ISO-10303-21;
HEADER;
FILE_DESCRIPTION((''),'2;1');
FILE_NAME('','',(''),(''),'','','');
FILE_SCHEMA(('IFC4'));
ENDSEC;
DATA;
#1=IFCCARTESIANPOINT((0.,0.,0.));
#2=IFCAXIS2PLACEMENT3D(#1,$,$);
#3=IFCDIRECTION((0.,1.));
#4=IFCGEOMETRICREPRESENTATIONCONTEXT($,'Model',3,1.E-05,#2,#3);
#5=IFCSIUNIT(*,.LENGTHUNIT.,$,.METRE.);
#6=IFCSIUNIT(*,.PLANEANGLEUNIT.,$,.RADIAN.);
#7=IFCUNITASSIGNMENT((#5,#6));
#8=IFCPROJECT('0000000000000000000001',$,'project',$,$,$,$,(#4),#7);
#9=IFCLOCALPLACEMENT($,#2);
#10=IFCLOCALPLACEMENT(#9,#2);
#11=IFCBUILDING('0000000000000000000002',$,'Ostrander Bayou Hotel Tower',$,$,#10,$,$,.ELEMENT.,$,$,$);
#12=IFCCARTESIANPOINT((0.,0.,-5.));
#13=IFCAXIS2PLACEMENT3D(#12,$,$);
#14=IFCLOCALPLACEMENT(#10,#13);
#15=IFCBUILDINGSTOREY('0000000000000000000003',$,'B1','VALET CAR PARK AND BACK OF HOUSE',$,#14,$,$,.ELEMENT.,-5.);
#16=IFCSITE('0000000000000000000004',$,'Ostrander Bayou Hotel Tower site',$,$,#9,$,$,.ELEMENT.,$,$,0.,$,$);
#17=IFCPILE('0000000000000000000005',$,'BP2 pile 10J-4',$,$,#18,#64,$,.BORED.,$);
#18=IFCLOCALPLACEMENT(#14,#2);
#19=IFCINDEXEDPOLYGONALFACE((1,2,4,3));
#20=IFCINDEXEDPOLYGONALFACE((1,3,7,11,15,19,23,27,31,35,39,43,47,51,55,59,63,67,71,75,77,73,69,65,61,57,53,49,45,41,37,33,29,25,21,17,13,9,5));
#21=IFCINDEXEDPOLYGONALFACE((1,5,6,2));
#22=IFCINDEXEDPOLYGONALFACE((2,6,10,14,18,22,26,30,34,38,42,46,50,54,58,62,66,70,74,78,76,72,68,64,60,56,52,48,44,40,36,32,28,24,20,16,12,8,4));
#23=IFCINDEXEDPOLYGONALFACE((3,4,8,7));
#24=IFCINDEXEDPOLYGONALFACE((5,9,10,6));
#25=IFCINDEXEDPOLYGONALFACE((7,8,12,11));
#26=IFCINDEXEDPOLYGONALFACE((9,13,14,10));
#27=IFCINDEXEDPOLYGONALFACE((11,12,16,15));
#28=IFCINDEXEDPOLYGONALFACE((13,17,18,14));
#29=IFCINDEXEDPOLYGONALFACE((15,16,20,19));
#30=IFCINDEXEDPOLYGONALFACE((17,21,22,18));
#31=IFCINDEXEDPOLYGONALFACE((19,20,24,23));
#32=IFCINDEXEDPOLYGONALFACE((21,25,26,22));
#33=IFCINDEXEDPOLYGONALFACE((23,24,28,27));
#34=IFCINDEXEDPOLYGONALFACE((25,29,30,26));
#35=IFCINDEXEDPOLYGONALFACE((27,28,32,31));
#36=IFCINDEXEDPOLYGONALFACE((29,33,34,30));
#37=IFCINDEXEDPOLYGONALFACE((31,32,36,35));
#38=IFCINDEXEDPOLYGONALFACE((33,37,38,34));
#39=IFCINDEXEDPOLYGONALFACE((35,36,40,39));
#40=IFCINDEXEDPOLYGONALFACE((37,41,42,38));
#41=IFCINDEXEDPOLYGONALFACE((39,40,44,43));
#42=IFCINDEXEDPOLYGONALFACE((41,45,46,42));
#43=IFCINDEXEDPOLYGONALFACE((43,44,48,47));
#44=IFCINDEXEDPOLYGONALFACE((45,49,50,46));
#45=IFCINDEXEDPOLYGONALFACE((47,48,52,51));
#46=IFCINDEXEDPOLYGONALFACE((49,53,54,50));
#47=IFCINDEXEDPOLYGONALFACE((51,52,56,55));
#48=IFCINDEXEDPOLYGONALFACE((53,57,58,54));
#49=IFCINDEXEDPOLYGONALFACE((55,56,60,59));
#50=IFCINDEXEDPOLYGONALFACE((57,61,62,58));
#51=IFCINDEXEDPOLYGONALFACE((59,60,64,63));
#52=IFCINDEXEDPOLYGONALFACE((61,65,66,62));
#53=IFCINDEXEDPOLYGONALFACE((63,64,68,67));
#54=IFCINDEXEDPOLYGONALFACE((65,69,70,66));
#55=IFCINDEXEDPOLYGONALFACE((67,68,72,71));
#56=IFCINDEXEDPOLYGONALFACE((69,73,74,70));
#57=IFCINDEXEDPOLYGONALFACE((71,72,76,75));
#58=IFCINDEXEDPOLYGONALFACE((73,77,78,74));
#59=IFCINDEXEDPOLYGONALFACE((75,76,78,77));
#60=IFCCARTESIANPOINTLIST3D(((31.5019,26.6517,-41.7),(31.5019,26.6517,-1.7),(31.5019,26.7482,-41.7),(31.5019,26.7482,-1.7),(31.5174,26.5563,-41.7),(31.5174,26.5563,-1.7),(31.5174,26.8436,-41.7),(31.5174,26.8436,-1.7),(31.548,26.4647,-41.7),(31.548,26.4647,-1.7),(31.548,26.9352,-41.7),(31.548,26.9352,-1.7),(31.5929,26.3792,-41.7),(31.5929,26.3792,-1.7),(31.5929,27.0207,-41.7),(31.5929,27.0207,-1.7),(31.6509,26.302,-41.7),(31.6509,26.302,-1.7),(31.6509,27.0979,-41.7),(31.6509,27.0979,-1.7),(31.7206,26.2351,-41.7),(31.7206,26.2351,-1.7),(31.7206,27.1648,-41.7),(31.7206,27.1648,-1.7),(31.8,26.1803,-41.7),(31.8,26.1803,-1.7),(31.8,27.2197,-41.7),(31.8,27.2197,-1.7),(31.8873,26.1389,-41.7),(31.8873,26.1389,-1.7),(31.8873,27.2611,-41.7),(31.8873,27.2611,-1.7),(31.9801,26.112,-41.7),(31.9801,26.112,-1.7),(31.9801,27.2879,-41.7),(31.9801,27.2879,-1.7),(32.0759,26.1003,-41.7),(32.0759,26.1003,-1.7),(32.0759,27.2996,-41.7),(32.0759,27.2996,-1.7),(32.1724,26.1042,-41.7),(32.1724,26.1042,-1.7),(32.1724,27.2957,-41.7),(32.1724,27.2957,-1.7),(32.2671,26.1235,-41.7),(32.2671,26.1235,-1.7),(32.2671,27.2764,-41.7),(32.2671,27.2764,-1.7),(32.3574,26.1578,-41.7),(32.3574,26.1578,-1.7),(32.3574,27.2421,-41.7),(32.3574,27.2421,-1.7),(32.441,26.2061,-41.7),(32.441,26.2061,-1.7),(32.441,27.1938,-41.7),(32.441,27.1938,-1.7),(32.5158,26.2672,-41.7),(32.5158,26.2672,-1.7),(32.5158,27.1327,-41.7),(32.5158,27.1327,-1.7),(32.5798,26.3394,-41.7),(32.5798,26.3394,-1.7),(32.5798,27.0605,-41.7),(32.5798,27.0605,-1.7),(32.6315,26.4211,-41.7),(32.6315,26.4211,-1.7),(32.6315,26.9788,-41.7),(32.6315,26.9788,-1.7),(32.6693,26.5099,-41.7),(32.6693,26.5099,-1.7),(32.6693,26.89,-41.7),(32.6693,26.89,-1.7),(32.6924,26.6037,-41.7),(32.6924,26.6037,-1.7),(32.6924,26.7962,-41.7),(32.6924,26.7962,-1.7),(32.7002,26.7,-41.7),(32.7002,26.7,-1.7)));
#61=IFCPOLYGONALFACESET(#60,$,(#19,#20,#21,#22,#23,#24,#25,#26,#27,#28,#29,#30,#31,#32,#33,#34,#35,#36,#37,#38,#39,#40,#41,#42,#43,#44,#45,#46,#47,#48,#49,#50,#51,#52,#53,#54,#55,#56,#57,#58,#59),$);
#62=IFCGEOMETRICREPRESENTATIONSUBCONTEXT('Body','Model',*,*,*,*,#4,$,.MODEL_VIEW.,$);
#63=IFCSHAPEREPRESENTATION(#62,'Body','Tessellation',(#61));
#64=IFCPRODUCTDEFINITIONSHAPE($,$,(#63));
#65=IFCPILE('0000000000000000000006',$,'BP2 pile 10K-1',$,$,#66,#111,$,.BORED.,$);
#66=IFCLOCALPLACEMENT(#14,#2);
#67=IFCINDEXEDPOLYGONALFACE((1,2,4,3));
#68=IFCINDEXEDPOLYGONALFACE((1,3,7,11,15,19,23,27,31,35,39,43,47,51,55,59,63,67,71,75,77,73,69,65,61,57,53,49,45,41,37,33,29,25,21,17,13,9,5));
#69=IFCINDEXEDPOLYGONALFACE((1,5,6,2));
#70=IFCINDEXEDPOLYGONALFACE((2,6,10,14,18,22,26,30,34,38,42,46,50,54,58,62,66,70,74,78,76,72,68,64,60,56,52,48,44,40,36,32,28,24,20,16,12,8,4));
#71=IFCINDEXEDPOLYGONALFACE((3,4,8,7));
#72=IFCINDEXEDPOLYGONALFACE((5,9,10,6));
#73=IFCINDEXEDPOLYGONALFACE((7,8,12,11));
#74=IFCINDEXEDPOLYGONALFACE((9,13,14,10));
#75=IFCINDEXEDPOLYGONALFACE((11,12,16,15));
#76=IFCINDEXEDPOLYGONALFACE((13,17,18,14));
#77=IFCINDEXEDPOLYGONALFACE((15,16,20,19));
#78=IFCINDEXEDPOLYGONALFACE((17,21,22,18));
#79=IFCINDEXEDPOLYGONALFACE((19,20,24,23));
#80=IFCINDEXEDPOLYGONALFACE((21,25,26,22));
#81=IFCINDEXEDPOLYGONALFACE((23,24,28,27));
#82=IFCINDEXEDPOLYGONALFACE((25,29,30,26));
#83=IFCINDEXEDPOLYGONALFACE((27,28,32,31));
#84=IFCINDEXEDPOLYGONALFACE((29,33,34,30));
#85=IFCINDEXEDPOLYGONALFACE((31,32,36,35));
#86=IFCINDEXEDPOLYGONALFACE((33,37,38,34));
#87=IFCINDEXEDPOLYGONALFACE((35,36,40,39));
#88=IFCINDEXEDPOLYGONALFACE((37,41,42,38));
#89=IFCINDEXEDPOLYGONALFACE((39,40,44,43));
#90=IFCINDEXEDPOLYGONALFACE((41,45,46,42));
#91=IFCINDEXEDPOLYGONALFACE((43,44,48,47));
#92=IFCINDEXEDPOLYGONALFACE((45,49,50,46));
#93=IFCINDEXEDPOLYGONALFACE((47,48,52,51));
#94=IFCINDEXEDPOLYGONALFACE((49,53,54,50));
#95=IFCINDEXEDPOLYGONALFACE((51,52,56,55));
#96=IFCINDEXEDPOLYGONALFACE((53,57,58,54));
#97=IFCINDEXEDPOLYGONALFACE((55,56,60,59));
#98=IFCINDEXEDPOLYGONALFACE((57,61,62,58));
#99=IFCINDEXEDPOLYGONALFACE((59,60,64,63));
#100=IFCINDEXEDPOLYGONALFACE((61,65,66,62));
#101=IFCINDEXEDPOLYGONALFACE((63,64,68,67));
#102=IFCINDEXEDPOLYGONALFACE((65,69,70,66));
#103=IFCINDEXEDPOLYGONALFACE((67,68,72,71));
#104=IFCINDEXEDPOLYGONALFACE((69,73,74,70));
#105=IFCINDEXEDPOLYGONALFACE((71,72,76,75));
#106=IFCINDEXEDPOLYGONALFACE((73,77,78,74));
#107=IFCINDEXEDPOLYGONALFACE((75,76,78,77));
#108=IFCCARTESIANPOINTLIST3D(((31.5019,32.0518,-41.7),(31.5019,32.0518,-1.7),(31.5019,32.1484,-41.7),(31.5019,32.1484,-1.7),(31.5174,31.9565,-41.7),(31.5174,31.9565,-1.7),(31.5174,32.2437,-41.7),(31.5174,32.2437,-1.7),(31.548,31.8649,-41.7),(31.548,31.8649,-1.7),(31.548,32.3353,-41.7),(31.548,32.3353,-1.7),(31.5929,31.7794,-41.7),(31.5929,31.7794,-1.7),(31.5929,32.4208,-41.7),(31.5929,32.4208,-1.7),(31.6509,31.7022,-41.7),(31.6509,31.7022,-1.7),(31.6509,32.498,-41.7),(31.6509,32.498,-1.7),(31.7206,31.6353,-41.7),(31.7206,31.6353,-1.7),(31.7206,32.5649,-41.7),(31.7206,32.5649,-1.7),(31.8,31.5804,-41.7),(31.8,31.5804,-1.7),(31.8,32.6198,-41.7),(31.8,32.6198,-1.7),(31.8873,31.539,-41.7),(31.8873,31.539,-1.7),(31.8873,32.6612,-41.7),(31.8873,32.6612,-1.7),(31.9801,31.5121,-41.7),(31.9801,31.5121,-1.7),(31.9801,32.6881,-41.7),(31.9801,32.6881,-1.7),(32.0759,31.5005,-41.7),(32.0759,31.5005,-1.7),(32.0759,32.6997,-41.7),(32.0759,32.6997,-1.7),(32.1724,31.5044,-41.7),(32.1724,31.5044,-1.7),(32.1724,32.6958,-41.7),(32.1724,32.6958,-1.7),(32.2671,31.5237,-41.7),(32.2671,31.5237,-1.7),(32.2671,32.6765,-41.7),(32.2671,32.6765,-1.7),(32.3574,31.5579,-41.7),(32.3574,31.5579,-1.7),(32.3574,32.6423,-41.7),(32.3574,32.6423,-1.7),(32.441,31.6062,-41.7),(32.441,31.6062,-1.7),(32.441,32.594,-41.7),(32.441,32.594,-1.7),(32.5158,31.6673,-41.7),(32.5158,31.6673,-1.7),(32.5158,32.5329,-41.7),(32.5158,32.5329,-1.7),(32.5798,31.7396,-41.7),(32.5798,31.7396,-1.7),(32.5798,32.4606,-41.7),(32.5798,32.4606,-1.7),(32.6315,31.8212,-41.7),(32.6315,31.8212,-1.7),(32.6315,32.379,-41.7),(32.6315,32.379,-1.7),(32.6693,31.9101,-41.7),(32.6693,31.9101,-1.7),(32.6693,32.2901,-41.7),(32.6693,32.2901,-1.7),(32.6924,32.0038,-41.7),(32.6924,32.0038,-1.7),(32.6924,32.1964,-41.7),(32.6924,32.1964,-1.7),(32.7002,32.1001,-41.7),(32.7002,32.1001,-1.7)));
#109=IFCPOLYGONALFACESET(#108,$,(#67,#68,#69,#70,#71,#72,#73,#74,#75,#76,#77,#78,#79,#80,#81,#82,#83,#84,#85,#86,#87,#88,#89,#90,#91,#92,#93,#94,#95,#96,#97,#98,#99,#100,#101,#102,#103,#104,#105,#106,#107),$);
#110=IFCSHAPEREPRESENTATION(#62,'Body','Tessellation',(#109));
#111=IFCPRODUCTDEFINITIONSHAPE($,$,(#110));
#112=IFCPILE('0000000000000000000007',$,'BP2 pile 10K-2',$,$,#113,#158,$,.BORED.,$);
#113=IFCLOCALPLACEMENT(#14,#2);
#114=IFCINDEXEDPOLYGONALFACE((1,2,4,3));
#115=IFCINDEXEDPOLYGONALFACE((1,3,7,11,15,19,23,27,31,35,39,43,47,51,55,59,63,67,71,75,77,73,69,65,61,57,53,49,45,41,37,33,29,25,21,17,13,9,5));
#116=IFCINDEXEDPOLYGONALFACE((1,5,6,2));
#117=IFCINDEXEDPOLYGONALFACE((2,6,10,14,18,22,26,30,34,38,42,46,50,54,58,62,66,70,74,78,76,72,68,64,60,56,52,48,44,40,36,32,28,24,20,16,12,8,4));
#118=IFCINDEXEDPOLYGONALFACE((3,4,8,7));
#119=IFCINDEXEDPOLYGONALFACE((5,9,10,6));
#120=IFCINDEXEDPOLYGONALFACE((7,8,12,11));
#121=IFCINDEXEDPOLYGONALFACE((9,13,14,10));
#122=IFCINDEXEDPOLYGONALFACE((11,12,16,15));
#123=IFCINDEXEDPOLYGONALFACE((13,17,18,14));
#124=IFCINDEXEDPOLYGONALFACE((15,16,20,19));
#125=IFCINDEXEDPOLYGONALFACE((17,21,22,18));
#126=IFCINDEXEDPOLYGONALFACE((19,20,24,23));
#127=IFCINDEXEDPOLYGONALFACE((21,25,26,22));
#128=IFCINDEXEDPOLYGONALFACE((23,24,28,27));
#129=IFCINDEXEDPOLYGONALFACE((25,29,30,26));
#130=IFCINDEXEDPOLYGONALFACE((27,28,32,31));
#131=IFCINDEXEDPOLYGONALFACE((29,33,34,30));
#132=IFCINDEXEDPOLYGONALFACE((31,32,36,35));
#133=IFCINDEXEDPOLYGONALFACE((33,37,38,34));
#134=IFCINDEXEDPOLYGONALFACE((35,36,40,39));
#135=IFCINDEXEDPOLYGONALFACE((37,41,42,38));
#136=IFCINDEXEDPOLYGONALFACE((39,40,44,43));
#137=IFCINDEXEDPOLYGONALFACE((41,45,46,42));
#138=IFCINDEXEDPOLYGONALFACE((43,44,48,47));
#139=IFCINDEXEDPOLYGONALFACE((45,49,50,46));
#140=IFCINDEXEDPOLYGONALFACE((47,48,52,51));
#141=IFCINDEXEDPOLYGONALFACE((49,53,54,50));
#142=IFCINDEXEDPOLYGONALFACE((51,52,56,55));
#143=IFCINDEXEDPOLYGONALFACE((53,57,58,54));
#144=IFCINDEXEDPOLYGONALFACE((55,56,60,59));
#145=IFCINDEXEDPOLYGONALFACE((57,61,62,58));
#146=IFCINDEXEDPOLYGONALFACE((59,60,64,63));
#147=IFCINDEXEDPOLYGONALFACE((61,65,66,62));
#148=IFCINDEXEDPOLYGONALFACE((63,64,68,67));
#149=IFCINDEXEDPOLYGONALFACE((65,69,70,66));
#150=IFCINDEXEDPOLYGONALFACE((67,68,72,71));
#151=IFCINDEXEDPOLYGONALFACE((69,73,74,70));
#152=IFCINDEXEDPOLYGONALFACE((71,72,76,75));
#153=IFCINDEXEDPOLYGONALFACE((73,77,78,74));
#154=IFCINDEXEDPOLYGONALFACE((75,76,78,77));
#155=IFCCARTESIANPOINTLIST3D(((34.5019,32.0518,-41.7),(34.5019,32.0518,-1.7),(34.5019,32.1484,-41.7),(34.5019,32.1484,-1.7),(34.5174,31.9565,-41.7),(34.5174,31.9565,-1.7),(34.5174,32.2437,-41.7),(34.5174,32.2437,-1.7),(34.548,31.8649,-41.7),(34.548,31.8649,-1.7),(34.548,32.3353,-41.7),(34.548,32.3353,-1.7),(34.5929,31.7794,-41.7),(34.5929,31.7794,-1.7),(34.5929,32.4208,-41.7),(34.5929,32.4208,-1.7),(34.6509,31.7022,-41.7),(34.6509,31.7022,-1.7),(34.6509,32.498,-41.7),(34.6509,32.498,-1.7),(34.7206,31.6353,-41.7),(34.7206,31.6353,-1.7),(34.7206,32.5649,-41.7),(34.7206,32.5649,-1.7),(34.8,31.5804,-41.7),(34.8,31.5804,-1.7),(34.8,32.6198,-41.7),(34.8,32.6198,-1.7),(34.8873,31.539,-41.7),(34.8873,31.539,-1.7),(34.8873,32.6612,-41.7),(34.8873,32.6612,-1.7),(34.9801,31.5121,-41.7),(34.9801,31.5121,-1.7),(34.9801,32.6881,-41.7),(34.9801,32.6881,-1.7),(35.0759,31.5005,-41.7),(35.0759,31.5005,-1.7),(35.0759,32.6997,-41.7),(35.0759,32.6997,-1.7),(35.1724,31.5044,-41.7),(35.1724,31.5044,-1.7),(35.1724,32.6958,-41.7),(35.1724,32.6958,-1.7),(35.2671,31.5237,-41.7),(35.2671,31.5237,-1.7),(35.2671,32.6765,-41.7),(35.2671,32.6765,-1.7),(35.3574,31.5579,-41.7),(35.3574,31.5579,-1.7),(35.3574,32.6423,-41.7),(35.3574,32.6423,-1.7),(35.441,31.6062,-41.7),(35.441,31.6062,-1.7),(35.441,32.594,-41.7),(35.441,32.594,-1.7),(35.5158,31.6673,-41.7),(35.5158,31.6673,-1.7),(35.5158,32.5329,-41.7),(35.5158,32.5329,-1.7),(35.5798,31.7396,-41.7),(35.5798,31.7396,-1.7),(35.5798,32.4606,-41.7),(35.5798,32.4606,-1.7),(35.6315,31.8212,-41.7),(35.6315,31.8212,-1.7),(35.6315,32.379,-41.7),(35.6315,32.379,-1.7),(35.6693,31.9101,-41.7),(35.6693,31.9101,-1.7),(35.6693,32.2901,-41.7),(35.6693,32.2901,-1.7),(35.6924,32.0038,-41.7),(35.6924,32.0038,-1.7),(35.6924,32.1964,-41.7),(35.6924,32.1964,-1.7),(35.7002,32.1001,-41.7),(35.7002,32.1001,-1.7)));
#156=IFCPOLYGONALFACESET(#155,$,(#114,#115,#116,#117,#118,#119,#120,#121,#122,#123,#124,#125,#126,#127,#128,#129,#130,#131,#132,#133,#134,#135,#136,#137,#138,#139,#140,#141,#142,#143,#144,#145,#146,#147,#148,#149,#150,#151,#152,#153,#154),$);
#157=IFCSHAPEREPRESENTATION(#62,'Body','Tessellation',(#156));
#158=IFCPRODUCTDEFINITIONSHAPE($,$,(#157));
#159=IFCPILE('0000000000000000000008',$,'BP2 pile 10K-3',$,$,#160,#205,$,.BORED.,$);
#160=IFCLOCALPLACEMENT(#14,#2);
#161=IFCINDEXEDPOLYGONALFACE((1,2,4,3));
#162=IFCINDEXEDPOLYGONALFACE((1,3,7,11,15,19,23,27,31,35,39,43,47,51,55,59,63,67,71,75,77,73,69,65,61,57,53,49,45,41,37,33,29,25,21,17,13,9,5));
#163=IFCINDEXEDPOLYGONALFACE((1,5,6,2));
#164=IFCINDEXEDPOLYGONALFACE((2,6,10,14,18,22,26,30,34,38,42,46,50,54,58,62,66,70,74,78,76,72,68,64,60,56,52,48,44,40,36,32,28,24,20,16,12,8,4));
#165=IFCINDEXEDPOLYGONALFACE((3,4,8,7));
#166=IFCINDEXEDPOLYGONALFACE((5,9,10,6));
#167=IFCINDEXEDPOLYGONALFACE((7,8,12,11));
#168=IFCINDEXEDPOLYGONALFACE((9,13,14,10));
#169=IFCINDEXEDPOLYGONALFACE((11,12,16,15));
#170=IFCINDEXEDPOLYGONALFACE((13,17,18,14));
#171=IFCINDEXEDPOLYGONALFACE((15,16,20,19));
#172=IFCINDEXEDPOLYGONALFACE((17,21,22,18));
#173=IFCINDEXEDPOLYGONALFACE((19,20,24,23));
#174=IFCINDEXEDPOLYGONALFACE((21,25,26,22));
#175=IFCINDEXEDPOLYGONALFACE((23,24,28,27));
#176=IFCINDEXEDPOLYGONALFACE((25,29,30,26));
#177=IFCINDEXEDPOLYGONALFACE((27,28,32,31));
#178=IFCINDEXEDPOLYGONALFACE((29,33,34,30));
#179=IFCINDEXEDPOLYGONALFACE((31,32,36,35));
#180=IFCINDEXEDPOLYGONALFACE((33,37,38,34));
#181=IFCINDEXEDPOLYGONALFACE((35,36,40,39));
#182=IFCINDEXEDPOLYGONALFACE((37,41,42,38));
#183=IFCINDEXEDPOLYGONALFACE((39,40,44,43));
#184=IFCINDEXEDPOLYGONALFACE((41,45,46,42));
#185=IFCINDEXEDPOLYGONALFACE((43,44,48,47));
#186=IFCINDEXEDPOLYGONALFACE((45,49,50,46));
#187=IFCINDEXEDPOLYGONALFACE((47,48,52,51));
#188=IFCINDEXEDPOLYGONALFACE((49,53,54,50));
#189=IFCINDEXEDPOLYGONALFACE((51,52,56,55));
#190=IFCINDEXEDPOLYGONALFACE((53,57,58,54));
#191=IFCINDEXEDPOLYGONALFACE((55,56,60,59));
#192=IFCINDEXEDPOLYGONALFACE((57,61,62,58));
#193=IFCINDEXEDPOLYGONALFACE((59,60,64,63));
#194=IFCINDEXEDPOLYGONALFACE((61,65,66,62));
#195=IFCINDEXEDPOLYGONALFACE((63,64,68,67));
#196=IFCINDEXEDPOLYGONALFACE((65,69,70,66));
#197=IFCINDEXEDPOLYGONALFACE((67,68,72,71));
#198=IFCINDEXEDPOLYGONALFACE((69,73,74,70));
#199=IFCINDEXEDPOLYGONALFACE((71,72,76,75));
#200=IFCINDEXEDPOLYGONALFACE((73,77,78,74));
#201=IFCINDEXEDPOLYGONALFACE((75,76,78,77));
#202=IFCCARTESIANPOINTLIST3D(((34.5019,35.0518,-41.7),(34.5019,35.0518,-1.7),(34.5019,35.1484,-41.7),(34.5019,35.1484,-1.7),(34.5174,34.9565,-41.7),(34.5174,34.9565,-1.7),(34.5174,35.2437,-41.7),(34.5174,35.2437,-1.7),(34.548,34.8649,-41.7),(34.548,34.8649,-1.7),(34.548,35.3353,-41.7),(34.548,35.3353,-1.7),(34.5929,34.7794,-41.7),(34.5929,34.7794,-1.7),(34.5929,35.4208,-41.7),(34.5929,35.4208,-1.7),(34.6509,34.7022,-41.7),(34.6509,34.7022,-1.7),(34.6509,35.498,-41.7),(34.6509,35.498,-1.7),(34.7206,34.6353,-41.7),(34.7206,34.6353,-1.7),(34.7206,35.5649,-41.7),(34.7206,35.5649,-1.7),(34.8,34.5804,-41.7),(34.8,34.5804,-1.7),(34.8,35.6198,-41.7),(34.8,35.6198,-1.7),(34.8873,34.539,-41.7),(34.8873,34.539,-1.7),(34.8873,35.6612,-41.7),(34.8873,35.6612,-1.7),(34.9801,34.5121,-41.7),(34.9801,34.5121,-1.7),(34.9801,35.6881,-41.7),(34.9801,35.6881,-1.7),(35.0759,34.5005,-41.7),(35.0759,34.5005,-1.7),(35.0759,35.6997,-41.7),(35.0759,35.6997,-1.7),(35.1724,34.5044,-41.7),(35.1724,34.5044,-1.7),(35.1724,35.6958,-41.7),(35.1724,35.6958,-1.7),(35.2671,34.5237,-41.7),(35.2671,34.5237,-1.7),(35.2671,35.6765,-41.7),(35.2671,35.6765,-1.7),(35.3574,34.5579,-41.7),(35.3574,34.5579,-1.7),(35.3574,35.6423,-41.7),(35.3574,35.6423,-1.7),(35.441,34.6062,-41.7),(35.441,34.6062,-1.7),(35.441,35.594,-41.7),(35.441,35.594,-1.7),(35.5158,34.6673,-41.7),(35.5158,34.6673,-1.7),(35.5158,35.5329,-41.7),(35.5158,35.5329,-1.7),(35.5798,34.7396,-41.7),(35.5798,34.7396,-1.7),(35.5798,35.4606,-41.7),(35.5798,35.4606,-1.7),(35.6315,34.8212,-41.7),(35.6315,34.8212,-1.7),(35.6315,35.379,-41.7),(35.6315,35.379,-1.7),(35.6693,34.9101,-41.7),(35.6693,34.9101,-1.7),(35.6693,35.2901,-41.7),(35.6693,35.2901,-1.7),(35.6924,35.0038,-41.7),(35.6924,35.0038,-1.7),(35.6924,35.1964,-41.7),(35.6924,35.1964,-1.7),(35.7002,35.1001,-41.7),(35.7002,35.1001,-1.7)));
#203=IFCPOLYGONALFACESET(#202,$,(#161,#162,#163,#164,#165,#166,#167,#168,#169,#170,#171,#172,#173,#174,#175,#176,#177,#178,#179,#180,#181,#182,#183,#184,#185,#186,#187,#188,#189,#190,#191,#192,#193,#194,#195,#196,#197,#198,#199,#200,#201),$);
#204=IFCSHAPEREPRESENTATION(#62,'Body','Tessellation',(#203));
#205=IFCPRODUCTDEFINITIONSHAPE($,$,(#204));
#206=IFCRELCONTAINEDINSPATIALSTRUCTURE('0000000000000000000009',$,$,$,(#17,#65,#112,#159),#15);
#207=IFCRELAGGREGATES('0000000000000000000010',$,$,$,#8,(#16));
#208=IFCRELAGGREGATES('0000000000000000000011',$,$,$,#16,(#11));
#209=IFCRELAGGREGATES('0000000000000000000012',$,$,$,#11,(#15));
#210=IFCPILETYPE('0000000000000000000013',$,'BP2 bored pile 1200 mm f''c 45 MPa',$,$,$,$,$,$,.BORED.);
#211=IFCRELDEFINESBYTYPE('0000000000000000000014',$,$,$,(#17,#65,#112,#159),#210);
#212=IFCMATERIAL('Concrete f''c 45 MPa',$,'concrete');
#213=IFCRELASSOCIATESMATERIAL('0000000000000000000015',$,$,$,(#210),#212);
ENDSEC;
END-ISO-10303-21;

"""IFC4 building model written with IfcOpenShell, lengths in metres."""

from ifc_helpers import new_model, si_unit, direction, frame, origin, origin_2d, place, context, subcontext, project, spatial, circle, extrude, material, material_profile, profile_set, type_object, element, save


model = new_model("IFC4")

# Units and contexts
model_context = context("Model", 3, precision=1e-05, world=origin(), true_north=direction((0.0, 1.0)))
body_context = subcontext(model_context, "Body", "Model", "MODEL_VIEW")
ifc_project = project(units=[si_unit("LENGTHUNIT", "METRE"), si_unit("PLANEANGLEUNIT", "RADIAN")], contexts=[model_context])

# Site, building, storey
site_placement = place(None, origin())
site = spatial("IfcSite", under=ifc_project, at=site_placement, Name="Ostrander Bayou Hotel Tower site", CompositionType="ELEMENT", RefElevation=0.0)
building_placement = place(site_placement, origin())
building = spatial("IfcBuilding", under=site, at=building_placement, Name="Ostrander Bayou Hotel Tower", CompositionType="ELEMENT")
storey_placement = place(building_placement, frame((0.0, 0.0, -5.0)))
storey = spatial("IfcBuildingStorey", under=building, at=storey_placement, Name="B1", Description="VALET CAR PARK AND BACK OF HOUSE", CompositionType="ELEMENT", Elevation=-5.0)

# Piles
ifc_material_1 = material(Name="Concrete f'c 45 MPa", Category="concrete")
ifc_material_profile_1 = material_profile(ifc_material_1, circle(Radius=0.6001, at=origin_2d()))
ifc_profile_set_1 = profile_set([ifc_material_profile_1], Name="Concrete f'c 45 MPa")
pile_type = type_object("IfcPileType", Name="BP2 bored pile 1200 mm f'c 45 MPa", PredefinedType="BORED", material=ifc_profile_set_1)
for number, where, z_axis, x_axis, name in (
    (1, (32.1001, 26.7, -1.7), (0.0, 0.0, -1.0), (1.0, 0.0, 0.0), "BP2 pile 10J-4"),
    (2, (32.1001, 32.1001, -1.7), (0.0, 0.0, -1.0), (1.0, 0.0, 0.0), "BP2 pile 10K-1"),
    (3, (35.1001, 32.1001, -1.7), (0.0, 0.0, -1.0), (1.0, 0.0, 0.0), "BP2 pile 10K-2"),
    (4, (35.1001, 35.1001, -1.7), (0.0, 0.0, -1.0), (1.0, 0.0, 0.0), "BP2 pile 10K-3"),
):
    element("IfcPile", number, at=place(storey_placement, frame(where, z_axis=z_axis, x_axis=x_axis)), inside=storey, type_object=pile_type, Name=name, PredefinedType="BORED", context=body_context, shape_type="SweptSolid", body=[
        extrude(circle(Radius=0.6001, at=origin_2d()), origin(), (0.0, 0.0, 1.0), 40.0),
    ])

save(model, "model.ifc")
